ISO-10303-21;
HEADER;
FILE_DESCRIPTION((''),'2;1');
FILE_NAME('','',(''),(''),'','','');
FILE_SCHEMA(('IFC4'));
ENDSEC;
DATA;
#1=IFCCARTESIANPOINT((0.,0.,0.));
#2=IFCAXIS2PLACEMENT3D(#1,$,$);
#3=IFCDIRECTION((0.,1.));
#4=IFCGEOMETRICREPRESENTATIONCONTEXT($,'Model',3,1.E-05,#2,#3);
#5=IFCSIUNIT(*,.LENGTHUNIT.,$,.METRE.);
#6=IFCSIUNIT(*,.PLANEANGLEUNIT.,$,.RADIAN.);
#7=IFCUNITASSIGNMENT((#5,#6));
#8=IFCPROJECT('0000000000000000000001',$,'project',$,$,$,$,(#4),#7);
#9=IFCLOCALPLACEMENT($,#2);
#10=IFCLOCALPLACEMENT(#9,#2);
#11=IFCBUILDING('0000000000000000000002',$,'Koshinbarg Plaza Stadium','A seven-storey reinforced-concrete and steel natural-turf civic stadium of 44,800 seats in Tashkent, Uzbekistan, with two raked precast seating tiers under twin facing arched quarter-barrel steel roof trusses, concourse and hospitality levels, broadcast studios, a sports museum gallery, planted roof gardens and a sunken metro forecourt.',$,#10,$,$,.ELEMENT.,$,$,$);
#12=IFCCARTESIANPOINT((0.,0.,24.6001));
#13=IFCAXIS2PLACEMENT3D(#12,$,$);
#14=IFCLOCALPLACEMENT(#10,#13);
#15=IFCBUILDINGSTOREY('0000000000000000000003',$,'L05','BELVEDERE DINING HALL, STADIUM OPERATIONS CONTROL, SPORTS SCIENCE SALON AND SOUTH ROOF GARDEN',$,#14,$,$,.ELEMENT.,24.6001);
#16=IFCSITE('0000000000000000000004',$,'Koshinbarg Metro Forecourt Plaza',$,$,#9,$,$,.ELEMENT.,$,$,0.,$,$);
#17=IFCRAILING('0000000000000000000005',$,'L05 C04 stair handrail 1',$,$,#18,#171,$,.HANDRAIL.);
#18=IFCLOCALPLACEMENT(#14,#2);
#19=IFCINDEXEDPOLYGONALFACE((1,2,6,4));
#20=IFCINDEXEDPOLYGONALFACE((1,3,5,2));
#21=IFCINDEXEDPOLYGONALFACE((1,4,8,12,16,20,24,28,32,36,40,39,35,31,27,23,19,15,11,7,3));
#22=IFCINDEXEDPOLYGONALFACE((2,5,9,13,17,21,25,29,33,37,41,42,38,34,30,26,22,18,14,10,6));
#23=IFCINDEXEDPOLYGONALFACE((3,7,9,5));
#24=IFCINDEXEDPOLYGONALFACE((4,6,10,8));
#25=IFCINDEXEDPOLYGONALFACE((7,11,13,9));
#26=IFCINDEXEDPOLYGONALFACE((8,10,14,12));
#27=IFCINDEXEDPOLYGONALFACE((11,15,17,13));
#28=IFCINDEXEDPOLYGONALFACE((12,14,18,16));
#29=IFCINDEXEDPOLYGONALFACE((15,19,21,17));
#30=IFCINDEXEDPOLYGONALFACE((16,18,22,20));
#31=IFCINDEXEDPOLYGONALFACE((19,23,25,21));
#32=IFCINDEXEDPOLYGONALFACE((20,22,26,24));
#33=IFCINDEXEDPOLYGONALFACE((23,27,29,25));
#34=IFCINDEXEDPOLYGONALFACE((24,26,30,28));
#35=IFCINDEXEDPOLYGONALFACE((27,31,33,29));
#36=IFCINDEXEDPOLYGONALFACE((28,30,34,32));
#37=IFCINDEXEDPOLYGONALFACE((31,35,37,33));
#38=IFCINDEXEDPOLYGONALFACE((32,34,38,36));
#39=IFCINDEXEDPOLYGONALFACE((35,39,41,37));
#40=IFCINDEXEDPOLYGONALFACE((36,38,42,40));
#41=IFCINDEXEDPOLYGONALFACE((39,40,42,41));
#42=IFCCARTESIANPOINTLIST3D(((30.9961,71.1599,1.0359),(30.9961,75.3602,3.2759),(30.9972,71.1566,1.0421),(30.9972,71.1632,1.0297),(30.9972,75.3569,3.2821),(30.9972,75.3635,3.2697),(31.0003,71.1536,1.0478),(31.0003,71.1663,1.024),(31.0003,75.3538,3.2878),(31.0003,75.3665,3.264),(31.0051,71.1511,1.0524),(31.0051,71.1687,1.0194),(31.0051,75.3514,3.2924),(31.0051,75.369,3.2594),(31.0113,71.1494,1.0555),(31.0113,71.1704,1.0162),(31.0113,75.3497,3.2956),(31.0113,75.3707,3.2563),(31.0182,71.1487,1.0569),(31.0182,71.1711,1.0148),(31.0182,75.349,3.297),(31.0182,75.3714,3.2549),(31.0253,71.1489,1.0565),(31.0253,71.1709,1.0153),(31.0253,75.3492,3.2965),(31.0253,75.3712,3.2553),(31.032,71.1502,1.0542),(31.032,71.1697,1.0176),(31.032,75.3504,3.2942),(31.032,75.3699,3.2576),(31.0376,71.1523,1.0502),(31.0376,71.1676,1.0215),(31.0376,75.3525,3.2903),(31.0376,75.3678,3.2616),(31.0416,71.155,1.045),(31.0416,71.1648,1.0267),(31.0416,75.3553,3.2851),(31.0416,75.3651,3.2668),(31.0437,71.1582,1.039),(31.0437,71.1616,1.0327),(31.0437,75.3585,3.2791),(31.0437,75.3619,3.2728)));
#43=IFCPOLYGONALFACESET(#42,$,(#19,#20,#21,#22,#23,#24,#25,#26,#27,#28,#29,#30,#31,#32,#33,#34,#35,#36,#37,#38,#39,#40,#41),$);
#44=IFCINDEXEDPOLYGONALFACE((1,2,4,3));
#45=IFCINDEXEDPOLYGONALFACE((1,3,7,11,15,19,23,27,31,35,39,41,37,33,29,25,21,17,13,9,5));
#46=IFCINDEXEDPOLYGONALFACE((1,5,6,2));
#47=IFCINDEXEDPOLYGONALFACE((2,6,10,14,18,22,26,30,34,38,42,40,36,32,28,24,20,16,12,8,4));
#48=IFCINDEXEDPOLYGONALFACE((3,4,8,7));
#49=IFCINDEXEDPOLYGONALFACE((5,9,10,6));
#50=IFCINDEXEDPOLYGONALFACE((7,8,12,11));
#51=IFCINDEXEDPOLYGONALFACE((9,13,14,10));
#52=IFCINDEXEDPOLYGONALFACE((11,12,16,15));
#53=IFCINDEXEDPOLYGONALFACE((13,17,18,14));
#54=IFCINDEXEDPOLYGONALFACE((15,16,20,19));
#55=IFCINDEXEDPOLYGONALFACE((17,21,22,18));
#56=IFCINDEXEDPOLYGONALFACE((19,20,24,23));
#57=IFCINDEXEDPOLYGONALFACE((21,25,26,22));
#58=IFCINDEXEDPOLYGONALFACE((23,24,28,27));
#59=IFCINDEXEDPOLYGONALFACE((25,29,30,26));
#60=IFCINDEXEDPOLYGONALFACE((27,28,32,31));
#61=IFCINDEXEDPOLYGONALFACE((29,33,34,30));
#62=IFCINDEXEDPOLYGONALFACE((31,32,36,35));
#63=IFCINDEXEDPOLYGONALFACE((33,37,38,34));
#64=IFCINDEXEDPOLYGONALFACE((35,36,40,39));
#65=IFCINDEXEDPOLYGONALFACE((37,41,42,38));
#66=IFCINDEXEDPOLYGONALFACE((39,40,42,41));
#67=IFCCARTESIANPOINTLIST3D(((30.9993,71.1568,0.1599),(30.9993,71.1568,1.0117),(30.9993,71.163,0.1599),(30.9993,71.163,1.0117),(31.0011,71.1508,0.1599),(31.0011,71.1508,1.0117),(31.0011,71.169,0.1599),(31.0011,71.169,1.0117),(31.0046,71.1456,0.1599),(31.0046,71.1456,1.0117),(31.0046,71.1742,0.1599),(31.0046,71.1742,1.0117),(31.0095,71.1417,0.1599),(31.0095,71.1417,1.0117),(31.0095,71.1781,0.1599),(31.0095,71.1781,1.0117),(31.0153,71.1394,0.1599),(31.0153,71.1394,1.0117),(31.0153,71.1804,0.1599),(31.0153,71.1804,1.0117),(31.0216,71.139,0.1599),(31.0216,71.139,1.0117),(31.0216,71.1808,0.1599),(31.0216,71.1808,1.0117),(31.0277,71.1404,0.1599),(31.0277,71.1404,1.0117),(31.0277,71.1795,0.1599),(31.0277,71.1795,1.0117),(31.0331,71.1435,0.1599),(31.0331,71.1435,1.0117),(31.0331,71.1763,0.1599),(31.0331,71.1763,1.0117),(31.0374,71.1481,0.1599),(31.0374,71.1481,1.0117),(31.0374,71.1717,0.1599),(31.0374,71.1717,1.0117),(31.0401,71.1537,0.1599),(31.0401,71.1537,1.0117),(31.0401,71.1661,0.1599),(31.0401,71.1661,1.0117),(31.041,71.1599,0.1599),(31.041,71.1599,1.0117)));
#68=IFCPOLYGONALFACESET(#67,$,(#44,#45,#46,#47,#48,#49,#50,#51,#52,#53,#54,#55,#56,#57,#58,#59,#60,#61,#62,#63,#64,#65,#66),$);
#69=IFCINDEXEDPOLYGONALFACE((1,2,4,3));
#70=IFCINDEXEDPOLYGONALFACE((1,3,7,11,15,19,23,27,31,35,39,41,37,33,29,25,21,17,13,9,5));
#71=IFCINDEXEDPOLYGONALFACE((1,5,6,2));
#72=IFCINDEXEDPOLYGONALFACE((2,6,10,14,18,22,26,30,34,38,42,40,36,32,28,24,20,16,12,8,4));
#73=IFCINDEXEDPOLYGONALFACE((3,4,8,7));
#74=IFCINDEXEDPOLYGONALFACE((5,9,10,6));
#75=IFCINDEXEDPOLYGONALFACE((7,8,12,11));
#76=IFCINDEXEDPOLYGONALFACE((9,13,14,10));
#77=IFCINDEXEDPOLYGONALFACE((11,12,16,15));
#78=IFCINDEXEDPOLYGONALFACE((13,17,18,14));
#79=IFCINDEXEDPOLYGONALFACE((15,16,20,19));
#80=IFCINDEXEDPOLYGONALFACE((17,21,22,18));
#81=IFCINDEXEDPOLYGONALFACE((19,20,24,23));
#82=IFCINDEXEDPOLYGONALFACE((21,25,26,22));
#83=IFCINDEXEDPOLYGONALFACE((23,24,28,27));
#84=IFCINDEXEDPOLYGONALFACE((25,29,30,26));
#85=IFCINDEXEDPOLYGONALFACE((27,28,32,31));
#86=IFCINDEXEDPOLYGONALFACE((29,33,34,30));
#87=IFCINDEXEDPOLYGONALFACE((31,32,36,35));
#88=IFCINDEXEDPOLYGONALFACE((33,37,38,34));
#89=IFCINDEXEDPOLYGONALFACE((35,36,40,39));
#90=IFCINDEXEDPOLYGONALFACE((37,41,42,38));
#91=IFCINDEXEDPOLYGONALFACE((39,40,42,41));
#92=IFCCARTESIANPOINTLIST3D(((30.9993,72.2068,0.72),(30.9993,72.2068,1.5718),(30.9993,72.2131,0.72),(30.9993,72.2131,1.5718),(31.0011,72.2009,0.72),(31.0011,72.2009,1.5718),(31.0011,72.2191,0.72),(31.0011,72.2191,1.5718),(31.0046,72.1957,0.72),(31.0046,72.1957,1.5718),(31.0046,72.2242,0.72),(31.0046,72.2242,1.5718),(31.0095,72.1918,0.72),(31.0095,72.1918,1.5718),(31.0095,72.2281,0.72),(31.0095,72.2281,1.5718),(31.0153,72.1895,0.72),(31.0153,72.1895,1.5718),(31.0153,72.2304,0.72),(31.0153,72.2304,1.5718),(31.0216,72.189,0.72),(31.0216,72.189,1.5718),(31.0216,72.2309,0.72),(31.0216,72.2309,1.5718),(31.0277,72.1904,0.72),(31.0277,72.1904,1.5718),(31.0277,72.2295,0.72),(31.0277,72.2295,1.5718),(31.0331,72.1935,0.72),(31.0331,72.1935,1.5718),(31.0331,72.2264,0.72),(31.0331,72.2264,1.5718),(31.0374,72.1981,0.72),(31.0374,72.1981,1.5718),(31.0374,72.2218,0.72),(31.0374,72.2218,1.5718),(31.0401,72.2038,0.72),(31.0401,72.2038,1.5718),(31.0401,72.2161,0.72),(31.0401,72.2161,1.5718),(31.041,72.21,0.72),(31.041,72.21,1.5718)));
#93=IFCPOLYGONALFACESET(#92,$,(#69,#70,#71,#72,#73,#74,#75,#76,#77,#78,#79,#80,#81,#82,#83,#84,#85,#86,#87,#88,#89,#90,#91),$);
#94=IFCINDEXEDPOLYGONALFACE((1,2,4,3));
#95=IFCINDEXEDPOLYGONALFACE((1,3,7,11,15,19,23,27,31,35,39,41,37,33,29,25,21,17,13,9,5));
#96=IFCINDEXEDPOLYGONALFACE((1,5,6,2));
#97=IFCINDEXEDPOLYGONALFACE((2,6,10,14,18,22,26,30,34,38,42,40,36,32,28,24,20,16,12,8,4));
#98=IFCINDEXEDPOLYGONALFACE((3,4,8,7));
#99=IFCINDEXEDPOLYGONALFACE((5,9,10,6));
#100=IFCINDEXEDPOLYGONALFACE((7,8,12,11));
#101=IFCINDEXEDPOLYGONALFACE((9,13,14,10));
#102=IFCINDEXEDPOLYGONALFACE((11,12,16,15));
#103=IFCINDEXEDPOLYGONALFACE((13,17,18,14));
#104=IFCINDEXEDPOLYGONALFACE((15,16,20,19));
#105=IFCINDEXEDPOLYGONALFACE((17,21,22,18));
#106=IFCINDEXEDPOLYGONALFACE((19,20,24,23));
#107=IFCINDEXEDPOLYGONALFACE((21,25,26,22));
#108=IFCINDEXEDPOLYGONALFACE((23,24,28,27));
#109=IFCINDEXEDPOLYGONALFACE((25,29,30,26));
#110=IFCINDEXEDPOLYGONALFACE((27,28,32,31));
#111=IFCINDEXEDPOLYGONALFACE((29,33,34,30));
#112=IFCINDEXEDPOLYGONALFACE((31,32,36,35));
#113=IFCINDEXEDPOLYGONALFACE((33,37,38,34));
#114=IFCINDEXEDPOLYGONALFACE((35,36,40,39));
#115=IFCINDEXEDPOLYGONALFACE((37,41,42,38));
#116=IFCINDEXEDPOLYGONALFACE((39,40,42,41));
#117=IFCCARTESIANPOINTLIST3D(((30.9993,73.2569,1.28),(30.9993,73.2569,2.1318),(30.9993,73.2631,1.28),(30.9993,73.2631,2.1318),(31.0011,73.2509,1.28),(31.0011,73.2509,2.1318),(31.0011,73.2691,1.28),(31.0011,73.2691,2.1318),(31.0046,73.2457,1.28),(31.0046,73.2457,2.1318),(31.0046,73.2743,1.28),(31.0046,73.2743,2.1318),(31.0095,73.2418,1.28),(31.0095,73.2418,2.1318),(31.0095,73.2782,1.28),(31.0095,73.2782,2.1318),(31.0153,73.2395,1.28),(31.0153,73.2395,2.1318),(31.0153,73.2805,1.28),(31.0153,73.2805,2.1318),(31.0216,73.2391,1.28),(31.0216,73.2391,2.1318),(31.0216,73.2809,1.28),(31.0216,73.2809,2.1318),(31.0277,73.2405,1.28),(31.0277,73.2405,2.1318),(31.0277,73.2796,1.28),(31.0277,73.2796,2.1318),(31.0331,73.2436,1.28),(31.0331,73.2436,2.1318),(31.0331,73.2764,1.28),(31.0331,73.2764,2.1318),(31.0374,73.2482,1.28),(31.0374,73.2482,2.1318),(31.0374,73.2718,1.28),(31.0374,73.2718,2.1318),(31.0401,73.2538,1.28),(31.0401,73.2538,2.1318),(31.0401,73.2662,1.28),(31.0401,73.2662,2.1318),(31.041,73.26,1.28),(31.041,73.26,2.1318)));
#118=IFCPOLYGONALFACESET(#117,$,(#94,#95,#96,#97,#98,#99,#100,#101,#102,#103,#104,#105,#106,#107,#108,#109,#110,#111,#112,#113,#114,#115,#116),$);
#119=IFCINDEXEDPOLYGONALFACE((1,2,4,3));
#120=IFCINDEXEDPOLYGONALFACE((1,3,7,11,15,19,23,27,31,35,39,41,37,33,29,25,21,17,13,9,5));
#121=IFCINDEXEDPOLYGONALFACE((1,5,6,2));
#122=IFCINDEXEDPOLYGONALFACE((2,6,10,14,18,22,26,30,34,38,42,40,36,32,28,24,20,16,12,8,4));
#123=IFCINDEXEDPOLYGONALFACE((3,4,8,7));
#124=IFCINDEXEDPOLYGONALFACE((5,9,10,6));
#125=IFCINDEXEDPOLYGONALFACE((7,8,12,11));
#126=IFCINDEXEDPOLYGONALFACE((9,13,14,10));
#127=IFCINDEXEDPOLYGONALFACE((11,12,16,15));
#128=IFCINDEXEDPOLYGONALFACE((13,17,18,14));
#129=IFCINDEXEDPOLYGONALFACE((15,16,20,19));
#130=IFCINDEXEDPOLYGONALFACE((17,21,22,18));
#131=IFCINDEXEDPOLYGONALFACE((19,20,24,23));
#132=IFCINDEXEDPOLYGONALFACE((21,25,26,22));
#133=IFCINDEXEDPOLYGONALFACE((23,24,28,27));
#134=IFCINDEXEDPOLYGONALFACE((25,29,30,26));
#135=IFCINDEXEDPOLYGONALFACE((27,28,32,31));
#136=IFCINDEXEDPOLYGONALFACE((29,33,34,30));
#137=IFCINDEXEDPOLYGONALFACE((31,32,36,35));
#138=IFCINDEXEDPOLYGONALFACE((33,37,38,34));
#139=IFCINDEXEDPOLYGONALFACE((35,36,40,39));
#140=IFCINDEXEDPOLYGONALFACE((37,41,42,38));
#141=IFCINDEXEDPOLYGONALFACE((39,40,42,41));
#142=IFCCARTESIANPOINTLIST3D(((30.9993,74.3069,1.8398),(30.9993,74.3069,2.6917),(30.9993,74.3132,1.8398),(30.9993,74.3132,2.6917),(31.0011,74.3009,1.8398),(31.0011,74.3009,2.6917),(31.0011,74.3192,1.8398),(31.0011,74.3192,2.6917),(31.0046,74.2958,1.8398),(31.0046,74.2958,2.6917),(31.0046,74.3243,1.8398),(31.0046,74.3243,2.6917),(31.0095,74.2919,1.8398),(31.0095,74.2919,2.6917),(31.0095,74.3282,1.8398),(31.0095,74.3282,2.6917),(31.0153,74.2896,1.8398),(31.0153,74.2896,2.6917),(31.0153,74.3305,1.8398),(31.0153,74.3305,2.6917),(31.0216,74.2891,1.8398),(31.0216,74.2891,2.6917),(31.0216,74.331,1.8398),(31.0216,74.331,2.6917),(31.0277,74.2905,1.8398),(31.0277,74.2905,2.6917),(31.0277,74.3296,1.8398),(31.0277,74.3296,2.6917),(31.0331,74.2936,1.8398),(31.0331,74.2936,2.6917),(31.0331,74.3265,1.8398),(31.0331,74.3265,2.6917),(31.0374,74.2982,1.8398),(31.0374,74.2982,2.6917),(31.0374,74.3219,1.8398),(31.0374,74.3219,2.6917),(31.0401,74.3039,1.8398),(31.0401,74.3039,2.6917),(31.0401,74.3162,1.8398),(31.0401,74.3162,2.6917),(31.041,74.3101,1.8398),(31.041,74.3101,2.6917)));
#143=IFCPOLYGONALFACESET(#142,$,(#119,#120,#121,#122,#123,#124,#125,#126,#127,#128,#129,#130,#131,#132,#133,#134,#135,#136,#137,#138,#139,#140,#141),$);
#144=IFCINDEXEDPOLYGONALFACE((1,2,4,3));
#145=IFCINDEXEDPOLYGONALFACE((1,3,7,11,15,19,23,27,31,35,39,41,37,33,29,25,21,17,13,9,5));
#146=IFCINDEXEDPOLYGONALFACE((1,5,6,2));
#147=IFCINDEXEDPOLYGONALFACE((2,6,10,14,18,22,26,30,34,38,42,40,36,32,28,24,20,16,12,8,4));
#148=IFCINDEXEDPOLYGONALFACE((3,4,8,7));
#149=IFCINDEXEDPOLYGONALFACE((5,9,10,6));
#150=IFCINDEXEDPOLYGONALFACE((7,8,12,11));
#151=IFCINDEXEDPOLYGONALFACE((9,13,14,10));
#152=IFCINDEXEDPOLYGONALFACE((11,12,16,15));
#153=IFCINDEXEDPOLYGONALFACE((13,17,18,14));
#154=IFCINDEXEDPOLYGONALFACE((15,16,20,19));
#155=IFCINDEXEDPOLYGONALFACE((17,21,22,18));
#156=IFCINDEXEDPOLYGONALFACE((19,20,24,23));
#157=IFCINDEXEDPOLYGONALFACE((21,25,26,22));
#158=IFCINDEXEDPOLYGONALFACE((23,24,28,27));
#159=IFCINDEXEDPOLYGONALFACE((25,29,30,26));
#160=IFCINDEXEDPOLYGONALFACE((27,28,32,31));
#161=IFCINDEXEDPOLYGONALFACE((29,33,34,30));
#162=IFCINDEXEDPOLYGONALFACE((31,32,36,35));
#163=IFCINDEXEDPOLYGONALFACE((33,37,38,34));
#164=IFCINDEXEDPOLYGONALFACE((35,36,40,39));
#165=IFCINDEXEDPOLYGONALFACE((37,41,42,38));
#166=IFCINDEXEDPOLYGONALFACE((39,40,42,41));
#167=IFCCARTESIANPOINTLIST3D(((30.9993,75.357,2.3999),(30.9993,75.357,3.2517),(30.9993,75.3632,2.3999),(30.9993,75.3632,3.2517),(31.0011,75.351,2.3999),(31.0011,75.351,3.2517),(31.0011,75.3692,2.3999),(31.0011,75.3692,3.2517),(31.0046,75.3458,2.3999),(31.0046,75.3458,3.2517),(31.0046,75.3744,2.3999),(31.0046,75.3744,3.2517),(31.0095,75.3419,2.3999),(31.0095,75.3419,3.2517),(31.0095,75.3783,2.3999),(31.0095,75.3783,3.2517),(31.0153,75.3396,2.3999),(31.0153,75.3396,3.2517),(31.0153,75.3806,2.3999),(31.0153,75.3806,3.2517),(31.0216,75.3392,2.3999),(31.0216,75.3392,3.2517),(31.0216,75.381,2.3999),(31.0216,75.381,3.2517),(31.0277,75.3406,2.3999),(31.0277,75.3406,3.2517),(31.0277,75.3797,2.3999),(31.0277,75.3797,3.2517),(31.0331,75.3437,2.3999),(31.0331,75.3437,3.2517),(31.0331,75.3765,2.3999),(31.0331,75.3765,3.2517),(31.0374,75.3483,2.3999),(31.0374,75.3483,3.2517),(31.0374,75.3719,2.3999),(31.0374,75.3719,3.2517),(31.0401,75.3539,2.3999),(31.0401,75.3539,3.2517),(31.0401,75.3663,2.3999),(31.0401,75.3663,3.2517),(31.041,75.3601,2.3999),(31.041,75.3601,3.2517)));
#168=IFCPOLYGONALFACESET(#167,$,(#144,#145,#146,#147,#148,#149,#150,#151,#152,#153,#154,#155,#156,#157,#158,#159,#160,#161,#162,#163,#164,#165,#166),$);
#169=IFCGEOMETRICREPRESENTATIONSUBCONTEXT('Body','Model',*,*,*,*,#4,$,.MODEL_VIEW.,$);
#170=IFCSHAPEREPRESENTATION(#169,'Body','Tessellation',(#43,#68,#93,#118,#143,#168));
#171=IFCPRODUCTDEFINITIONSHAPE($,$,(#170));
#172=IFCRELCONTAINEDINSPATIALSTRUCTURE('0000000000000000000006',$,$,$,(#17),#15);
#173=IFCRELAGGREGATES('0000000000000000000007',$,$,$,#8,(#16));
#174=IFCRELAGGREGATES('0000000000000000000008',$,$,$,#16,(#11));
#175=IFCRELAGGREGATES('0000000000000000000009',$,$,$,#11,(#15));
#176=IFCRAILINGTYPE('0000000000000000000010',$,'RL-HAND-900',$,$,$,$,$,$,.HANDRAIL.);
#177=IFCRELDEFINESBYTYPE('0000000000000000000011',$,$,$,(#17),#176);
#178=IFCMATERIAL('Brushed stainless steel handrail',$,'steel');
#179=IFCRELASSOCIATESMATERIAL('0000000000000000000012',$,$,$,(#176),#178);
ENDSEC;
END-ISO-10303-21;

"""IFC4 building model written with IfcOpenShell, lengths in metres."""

from ifc_helpers import new_model, si_unit, direction, frame, origin, origin_2d, place, context, subcontext, project, spatial, circle, extrude, material, type_object, element, save


model = new_model("IFC4")

# Units and contexts
model_context = context("Model", 3, precision=1e-05, world=origin(), true_north=direction((0.0, 1.0)))
body_context = subcontext(model_context, "Body", "Model", "MODEL_VIEW")
ifc_project = project(units=[si_unit("LENGTHUNIT", "METRE"), si_unit("PLANEANGLEUNIT", "RADIAN")], contexts=[model_context])

# Site, building, storey
site_placement = place(None, origin())
site = spatial("IfcSite", under=ifc_project, at=site_placement, Name="Koshinbarg Metro Forecourt Plaza", CompositionType="ELEMENT", RefElevation=0.0)
building_placement = place(site_placement, origin())
building = spatial("IfcBuilding", under=site, at=building_placement, Name="Koshinbarg Plaza Stadium", Description="A seven-storey reinforced-concrete and steel natural-turf civic stadium of 44,800 seats in Tashkent, Uzbekistan, with two raked precast seating tiers under twin facing arched quarter-barrel steel roof trusses, concourse and hospitality levels, broadcast studios, a sports museum gallery, planted roof gardens and a sunken metro forecourt.", CompositionType="ELEMENT")
storey_placement = place(building_placement, frame((0.0, 0.0, 24.6001)))
storey = spatial("IfcBuildingStorey", under=building, at=storey_placement, Name="L05", Description="BELVEDERE DINING HALL, STADIUM OPERATIONS CONTROL, SPORTS SCIENCE SALON AND SOUTH ROOF GARDEN", CompositionType="ELEMENT", Elevation=24.6001)

# Railing
ifc_material_1 = material(Name="Brushed stainless steel handrail", Category="steel")
railing_type_1 = type_object("IfcRailingType", Name="RL-HAND-900", PredefinedType="HANDRAIL", material=ifc_material_1)
railing_1_placement = place(storey_placement, frame((31.02, 71.1599, 0.1599)))
element("IfcRailing", 1, at=railing_1_placement, inside=storey, type_object=railing_type_1, Name="L05 C04 stair handrail 1", PredefinedType="HANDRAIL", context=body_context, shape_type="SweptSolid", body=[
    extrude(circle(Radius=0.0239, at=origin_2d()), frame((0.0, 0.0, 0.876), z_axis=(0.0, 0.882363, 0.47057), x_axis=(-1.0, 0.0, 0.0)), (0.0, 0.0, 1.0), 4.7603),
    extrude(circle(Radius=0.021, at=origin_2d()), origin(), (0.0, 0.0, 1.0), 0.8518),
    extrude(circle(Radius=0.021, at=origin_2d()), frame((0.0, 1.05, 0.5601)), (0.0, 0.0, 1.0), 0.8518),
    extrude(circle(Radius=0.021, at=origin_2d()), frame((0.0, 2.1001, 1.1201)), (0.0, 0.0, 1.0), 0.8518),
    extrude(circle(Radius=0.021, at=origin_2d()), frame((0.0, 3.1501, 1.6799)), (0.0, 0.0, 1.0), 0.8518),
    extrude(circle(Radius=0.021, at=origin_2d()), frame((0.0, 4.2002, 2.24)), (0.0, 0.0, 1.0), 0.8518),
])

save(model, "model.ifc")
